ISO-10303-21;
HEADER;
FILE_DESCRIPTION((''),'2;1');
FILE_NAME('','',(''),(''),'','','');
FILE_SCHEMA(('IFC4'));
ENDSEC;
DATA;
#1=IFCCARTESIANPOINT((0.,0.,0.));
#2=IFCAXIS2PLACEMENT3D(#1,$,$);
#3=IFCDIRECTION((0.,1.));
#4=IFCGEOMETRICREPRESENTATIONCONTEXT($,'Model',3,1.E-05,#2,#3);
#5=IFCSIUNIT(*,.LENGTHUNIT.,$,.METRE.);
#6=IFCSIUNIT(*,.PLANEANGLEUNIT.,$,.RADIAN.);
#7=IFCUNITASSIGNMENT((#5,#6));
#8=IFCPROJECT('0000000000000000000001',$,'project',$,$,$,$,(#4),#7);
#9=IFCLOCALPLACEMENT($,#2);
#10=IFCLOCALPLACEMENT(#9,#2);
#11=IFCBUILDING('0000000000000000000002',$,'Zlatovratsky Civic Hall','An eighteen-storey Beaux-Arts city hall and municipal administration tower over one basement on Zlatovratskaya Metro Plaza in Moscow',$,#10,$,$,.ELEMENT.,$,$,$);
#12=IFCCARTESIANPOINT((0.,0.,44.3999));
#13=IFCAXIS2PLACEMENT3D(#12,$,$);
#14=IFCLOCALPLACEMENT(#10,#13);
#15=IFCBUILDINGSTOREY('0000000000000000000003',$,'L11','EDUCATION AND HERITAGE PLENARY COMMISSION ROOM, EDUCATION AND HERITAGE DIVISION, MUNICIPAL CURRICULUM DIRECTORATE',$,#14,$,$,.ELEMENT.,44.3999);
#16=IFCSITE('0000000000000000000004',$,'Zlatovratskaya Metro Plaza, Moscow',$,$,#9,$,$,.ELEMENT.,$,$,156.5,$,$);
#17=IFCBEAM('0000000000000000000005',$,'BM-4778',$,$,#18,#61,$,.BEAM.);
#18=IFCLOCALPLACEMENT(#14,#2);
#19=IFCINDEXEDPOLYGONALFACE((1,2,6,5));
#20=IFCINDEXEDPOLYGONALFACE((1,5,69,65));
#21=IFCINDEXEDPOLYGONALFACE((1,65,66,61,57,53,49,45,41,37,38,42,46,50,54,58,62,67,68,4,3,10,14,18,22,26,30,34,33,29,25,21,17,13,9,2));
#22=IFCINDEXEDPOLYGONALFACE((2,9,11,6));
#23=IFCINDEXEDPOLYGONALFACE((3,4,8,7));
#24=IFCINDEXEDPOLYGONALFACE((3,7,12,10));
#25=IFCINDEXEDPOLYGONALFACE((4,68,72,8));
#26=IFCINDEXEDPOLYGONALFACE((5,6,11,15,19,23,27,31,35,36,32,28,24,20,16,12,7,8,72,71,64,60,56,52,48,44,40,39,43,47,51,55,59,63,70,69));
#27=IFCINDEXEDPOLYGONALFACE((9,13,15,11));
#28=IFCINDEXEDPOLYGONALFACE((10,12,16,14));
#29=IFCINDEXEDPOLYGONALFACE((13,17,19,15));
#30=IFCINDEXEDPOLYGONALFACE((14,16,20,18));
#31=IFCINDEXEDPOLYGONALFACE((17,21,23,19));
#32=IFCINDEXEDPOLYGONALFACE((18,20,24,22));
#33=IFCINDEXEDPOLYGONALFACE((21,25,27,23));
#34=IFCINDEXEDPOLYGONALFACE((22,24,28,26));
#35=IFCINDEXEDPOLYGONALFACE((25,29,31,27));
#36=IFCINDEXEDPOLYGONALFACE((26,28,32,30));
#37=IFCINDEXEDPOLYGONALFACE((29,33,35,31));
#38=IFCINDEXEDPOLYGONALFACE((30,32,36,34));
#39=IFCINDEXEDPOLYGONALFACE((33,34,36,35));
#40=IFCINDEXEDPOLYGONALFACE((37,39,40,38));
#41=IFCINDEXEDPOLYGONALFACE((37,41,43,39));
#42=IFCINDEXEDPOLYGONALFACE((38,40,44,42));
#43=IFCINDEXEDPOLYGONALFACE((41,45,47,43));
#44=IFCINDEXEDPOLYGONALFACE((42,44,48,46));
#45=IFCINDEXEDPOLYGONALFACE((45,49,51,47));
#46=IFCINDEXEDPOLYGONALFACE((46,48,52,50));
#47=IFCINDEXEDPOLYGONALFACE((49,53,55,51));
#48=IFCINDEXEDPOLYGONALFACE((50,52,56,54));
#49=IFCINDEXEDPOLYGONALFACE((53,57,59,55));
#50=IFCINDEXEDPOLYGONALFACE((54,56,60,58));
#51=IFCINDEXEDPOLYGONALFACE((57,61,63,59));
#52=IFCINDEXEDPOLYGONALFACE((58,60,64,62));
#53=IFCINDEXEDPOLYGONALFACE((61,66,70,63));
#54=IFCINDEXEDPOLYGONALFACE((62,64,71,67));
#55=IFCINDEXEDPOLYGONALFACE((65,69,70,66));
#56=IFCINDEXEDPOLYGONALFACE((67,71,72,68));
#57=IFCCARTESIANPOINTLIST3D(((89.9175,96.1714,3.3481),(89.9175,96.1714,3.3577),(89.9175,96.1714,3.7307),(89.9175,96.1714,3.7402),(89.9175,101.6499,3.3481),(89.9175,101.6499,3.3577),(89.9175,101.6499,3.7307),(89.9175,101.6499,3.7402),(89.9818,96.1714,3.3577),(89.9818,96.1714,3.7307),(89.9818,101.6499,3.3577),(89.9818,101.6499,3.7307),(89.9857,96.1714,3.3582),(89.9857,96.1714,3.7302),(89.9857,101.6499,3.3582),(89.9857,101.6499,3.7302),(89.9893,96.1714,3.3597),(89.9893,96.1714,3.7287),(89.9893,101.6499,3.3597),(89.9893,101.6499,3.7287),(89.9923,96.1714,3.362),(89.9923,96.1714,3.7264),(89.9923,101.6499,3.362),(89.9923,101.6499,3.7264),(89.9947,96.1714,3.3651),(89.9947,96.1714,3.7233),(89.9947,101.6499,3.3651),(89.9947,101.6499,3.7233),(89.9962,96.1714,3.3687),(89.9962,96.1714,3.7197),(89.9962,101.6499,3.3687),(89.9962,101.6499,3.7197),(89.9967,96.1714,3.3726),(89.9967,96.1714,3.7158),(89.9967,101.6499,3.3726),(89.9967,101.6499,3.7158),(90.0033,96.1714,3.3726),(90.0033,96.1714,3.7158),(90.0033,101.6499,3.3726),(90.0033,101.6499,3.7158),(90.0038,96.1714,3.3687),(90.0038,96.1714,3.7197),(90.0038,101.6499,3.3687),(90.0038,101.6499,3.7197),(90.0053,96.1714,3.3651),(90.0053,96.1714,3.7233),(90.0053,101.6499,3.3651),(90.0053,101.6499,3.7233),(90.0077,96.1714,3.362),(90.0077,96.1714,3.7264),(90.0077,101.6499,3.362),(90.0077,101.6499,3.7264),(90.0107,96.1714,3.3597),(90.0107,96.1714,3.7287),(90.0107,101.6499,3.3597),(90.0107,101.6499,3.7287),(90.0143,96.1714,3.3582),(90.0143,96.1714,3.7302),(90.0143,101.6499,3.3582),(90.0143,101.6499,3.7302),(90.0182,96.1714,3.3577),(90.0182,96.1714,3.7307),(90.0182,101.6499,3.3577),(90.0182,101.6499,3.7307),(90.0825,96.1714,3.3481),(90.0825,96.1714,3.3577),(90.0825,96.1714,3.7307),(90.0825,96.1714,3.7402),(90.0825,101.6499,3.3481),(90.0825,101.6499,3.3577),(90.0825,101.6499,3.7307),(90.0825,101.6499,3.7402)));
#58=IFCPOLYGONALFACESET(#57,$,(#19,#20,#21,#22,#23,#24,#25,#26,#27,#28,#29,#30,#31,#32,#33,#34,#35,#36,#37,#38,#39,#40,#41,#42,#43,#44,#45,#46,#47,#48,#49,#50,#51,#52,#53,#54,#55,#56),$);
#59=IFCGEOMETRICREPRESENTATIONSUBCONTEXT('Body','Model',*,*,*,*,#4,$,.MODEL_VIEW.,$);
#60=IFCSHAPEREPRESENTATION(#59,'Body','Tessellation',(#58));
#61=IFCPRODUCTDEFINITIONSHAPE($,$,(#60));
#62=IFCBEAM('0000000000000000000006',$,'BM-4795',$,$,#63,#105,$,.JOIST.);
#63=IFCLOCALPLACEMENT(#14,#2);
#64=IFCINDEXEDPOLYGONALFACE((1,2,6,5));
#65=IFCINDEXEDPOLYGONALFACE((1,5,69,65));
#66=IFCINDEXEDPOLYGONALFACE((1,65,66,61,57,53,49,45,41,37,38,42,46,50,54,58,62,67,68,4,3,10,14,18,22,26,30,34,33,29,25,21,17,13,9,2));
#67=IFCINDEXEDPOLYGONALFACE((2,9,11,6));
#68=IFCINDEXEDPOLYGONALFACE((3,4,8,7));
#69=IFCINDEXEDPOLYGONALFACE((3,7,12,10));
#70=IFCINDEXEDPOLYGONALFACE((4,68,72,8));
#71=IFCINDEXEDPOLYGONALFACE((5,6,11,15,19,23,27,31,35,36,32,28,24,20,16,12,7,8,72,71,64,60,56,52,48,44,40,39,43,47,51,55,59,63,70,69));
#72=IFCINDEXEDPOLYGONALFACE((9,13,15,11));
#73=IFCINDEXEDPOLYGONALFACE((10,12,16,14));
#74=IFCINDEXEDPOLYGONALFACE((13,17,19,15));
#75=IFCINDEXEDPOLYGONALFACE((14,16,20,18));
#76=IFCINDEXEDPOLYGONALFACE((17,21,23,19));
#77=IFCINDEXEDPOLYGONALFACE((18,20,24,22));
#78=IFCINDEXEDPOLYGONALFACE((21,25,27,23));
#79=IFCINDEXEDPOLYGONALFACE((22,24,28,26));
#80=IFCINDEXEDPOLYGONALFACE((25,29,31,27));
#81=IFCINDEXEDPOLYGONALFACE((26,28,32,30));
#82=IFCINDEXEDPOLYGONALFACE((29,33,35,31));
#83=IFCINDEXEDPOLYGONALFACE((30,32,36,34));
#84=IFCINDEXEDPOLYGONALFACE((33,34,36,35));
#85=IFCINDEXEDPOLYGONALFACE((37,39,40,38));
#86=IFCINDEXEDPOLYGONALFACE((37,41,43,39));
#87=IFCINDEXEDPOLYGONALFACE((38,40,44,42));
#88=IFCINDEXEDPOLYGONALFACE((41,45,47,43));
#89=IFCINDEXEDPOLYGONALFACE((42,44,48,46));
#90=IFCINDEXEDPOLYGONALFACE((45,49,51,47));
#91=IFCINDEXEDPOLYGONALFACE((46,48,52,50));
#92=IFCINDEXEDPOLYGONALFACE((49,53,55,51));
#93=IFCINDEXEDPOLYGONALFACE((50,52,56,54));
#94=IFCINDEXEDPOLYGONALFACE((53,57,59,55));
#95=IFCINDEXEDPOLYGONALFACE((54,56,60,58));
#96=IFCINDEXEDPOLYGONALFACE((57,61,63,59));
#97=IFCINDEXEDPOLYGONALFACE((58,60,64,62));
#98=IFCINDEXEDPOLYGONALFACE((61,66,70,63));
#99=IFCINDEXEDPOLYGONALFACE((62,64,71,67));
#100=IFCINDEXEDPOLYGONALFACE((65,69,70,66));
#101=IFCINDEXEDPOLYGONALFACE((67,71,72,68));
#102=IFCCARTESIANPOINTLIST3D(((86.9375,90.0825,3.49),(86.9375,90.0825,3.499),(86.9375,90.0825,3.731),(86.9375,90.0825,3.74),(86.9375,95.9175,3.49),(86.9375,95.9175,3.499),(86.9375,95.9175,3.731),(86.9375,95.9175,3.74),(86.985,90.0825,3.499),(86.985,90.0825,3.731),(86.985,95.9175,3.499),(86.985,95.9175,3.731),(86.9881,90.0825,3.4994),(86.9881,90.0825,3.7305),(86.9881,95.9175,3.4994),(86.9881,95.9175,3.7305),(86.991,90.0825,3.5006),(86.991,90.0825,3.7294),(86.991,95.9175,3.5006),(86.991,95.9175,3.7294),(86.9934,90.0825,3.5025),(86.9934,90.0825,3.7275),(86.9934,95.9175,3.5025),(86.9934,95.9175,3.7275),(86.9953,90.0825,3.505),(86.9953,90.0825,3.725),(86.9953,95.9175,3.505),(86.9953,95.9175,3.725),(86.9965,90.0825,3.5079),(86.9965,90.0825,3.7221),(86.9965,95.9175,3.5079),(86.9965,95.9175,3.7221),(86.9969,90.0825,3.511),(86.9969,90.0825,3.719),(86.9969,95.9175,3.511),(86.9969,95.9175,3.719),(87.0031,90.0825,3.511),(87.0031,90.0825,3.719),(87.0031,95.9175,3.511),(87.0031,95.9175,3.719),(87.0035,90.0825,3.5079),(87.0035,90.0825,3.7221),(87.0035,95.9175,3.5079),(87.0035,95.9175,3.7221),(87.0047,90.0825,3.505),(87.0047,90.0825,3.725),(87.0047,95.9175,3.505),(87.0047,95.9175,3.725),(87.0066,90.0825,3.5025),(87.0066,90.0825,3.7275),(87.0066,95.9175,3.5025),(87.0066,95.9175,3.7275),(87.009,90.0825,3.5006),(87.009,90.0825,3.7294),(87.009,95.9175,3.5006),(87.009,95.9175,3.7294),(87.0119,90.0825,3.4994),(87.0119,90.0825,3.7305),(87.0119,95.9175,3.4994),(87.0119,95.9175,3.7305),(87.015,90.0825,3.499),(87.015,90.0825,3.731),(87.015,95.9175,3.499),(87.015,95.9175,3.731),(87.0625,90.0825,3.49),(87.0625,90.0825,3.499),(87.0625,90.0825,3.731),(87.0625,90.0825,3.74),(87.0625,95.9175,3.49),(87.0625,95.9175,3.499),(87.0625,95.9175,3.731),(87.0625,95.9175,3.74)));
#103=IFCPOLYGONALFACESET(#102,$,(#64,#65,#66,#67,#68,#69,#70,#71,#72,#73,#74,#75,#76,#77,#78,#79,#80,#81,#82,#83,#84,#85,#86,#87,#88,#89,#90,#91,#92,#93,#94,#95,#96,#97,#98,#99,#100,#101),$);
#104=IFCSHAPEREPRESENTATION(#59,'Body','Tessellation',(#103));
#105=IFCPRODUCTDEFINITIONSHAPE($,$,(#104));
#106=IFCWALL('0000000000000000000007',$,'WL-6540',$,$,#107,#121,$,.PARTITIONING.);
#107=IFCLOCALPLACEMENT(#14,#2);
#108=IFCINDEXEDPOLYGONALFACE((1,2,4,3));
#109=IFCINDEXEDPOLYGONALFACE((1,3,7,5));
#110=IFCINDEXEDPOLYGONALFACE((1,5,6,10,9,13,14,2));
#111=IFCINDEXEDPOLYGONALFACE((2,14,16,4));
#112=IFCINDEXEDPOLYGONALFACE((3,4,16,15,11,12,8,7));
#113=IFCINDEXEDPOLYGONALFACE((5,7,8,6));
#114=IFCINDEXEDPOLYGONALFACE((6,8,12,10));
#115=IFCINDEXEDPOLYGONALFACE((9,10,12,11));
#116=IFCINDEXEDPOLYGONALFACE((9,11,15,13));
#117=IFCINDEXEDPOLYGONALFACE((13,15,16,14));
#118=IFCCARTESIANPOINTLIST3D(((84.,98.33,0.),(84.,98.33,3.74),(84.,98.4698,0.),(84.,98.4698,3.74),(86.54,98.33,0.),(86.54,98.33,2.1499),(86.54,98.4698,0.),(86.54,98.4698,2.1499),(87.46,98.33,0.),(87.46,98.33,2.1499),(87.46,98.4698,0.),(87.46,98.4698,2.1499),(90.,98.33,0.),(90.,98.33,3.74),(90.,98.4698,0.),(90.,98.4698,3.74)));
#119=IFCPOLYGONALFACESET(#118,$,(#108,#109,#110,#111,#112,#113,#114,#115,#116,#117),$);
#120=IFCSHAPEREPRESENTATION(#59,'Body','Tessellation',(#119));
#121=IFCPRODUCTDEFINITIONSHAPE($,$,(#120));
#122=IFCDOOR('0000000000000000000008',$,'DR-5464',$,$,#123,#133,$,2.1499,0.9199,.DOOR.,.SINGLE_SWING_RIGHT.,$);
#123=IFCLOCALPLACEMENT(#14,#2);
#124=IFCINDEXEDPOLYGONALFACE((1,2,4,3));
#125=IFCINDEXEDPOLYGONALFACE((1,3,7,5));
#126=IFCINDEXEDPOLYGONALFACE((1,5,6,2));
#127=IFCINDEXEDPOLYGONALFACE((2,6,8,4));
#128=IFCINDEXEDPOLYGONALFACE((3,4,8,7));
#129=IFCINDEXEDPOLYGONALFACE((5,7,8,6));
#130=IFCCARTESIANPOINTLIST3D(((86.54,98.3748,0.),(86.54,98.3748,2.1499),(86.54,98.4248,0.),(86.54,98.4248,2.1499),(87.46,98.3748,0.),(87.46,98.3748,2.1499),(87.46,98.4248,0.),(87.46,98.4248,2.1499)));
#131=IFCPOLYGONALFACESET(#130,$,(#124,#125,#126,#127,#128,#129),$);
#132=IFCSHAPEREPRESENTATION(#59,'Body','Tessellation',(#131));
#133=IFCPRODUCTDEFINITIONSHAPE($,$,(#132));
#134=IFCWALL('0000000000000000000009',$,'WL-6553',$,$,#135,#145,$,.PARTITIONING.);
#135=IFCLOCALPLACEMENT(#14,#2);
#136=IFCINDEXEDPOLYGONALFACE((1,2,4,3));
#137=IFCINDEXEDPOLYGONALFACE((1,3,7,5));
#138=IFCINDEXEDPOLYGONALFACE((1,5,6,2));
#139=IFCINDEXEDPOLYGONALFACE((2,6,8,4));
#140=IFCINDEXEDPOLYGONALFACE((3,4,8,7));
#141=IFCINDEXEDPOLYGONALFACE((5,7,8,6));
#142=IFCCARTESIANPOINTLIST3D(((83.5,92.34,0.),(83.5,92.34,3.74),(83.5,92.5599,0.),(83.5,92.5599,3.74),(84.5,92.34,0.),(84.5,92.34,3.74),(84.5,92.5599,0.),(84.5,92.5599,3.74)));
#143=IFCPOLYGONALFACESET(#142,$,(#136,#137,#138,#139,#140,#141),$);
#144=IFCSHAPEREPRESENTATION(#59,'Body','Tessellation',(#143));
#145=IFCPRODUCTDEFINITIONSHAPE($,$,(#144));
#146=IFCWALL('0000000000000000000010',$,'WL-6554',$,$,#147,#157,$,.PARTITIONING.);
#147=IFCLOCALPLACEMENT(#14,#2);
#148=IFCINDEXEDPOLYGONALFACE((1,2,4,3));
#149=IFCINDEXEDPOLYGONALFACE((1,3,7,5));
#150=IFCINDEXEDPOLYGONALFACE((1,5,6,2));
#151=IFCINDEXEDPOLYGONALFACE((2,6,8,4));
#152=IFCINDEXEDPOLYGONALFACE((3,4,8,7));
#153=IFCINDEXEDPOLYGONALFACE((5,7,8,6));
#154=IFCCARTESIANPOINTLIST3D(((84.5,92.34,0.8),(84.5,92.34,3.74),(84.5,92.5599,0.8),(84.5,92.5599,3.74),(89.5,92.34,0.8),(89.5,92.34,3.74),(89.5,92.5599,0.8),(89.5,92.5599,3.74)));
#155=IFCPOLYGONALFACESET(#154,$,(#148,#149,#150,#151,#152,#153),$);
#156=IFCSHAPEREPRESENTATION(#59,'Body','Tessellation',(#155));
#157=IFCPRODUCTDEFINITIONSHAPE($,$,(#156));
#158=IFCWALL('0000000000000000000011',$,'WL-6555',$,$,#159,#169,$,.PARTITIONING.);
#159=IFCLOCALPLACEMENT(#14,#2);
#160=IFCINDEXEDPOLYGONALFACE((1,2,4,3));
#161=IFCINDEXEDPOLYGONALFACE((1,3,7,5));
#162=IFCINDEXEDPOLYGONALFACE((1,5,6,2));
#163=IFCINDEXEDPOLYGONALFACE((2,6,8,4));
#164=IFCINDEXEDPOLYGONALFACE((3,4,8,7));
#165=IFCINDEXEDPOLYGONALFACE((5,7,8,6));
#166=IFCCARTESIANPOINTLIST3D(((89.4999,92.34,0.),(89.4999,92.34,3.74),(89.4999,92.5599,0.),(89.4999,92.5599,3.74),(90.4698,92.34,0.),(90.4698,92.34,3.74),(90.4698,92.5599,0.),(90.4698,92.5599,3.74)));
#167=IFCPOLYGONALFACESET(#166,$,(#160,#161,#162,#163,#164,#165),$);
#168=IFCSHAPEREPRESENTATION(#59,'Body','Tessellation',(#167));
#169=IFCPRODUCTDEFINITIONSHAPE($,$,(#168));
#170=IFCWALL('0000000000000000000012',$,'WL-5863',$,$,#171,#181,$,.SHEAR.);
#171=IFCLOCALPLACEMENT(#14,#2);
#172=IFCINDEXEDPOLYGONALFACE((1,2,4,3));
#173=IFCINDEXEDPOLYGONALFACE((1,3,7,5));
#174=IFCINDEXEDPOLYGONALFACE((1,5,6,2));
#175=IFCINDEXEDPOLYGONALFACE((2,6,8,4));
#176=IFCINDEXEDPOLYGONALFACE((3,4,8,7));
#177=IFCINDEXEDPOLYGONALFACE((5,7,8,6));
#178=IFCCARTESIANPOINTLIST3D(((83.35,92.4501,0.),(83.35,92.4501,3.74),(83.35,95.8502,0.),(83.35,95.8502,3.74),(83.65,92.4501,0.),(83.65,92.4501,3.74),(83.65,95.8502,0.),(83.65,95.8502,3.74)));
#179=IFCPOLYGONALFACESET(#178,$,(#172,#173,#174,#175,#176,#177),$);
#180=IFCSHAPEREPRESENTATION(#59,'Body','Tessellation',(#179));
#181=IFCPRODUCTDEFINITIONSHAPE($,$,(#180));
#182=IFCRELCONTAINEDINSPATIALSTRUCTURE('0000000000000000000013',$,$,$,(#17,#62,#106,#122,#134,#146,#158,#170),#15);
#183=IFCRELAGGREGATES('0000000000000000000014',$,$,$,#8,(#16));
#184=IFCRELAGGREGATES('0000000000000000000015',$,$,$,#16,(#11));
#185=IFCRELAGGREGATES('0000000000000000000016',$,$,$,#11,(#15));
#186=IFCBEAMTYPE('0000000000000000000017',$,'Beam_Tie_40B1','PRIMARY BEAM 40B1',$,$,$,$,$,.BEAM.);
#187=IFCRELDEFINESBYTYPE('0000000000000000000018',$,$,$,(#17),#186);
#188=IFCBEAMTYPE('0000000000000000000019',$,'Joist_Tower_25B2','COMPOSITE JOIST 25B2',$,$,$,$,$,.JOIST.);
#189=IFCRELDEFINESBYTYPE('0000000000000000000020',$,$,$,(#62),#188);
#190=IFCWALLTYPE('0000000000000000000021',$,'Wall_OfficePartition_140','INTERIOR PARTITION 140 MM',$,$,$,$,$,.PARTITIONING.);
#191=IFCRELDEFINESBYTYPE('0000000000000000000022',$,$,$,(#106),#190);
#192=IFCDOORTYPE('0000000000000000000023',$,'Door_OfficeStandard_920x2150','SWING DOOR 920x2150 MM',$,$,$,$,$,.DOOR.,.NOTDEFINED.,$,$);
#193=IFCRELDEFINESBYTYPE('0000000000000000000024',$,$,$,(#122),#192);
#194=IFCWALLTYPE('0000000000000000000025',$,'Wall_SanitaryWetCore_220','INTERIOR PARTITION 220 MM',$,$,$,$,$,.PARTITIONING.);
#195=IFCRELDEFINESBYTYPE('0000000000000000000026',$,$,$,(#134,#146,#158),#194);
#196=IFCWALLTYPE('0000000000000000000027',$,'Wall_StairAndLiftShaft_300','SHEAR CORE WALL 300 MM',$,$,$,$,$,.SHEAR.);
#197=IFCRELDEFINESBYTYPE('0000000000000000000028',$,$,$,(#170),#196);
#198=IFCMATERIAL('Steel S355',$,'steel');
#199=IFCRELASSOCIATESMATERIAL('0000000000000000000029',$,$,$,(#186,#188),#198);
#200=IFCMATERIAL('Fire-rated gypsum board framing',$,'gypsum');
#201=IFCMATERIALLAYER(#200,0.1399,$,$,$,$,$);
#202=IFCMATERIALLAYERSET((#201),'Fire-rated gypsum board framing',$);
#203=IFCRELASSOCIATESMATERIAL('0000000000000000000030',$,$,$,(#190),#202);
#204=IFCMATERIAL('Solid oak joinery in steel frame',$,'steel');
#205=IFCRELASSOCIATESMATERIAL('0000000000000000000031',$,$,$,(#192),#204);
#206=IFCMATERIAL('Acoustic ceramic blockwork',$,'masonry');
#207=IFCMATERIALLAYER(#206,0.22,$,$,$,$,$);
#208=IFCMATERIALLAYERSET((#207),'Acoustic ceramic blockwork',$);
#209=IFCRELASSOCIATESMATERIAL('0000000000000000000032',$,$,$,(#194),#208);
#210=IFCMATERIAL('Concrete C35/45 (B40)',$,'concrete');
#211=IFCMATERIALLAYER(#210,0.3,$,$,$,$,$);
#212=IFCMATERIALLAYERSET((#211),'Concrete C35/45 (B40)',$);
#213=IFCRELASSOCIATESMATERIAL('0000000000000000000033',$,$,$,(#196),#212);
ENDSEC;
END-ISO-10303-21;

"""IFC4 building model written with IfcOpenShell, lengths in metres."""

from ifc_helpers import new_model, si_unit, direction, frame, frame_2d, origin, origin_2d, place, context, subcontext, project, spatial, rectangle, i_section, extrude, material, layer, layer_set, material_profile, profile_set, type_object, element, fill, save


model = new_model("IFC4")

# Units and contexts
model_context = context("Model", 3, precision=1e-05, world=origin(), true_north=direction((0.0, 1.0)))
body_context = subcontext(model_context, "Body", "Model", "MODEL_VIEW")
ifc_project = project(units=[si_unit("LENGTHUNIT", "METRE"), si_unit("PLANEANGLEUNIT", "RADIAN")], contexts=[model_context])

# Site, building, storey
site_placement = place(None, origin())
site = spatial("IfcSite", under=ifc_project, at=site_placement, Name="Zlatovratskaya Metro Plaza, Moscow", CompositionType="ELEMENT", RefElevation=156.5)
building_placement = place(site_placement, origin())
building = spatial("IfcBuilding", under=site, at=building_placement, Name="Zlatovratsky Civic Hall", Description="An eighteen-storey Beaux-Arts city hall and municipal administration tower over one basement on Zlatovratskaya Metro Plaza in Moscow", CompositionType="ELEMENT")
storey_placement = place(building_placement, frame((0.0, 0.0, 44.3999)))
storey = spatial("IfcBuildingStorey", under=building, at=storey_placement, Name="L11", Description="EDUCATION AND HERITAGE PLENARY COMMISSION ROOM, EDUCATION AND HERITAGE DIVISION, MUNICIPAL CURRICULUM DIRECTORATE", CompositionType="ELEMENT", Elevation=44.3999)

# Shared definitions
ifc_material_1 = material(Name="Concrete C35/45 (B40)", Category="concrete")
ifc_material_2 = material(Name="Steel S355", Category="steel")

# Beams
ifc_material_profile_1 = material_profile(ifc_material_2, i_section(OverallWidth=0.165, OverallDepth=0.3921, WebThickness=0.0066, FlangeThickness=0.0095, FilletRadius=0.0149, at=origin_2d()), Name="40B1")
ifc_profile_set_1 = profile_set([ifc_material_profile_1], Name="Steel S355")
beam_type_1 = type_object("IfcBeamType", Name="Beam_Tie_40B1", Description="PRIMARY BEAM 40B1", PredefinedType="BEAM", material=ifc_profile_set_1)
for number, where, z_axis, x_axis, name in (
    (1, (90.0, 96.1714, 3.5442), (0.0, 1.0, 0.0), (-1.0, 0.0, 0.0), "BM-4778"),
):
    element("IfcBeam", number, at=place(storey_placement, frame(where, z_axis=z_axis, x_axis=x_axis)), inside=storey, type_object=beam_type_1, Name=name, PredefinedType="BEAM", context=body_context, shape_type="SweptSolid", body=[
        extrude(i_section(OverallWidth=0.165, OverallDepth=0.3921, WebThickness=0.0066, FlangeThickness=0.0095, FilletRadius=0.0149, at=origin_2d()), origin(), (0.0, 0.0, 1.0), 5.4785),
    ])
ifc_material_profile_2 = material_profile(ifc_material_2, i_section(OverallWidth=0.125, OverallDepth=0.25, WebThickness=0.0061, FlangeThickness=0.009, FilletRadius=0.012, at=origin_2d()), Name="25B2")
ifc_profile_set_2 = profile_set([ifc_material_profile_2], Name="Steel S355")
beam_type_2 = type_object("IfcBeamType", Name="Joist_Tower_25B2", Description="COMPOSITE JOIST 25B2", PredefinedType="JOIST", material=ifc_profile_set_2)
beam_1_placement = place(storey_placement, frame((87.0, 90.0825, 3.615), z_axis=(0.0, 1.0, 0.0), x_axis=(-1.0, 0.0, 0.0)))
element("IfcBeam", 2, at=beam_1_placement, inside=storey, type_object=beam_type_2, Name="BM-4795", PredefinedType="JOIST", context=body_context, shape_type="SweptSolid", body=[
    extrude(i_section(OverallWidth=0.125, OverallDepth=0.25, WebThickness=0.0061, FlangeThickness=0.009, FilletRadius=0.012, at=origin_2d()), origin(), (0.0, 0.0, 1.0), 5.835),
])

# Wall, opening, door
ifc_material_3 = material(Name="Fire-rated gypsum board framing", Category="gypsum")
ifc_layer_1 = layer(ifc_material_3, 0.1399)
ifc_layer_set_1 = layer_set([ifc_layer_1], Name="Fire-rated gypsum board framing")
wall_type_1 = type_object("IfcWallType", Name="Wall_OfficePartition_140", Description="INTERIOR PARTITION 140 MM", PredefinedType="PARTITIONING", material=ifc_layer_set_1)
wall_1_placement = place(storey_placement, frame((84.0, 98.3999, 0.0), z_axis=(0.0, 0.0, 1.0), x_axis=(1.0, 0.0, 0.0)))
wall_1 = element("IfcWall", 3, at=wall_1_placement, inside=storey, type_object=wall_type_1, Name="WL-6540", PredefinedType="PARTITIONING", context=body_context, shape_type="SweptSolid", body=[
    extrude(rectangle(XDim=6.0, YDim=0.1399, at=frame_2d((3.0, 0.0))), origin(), (0.0, 0.0, 1.0), 3.74),
])
opening_placement = place(wall_1_placement, frame((2.54, 0.0, 0.0)))
opening = element("IfcOpeningElement", 4, at=opening_placement, cuts=wall_1, PredefinedType="OPENING", context=body_context, shape_type="SweptSolid", body=[
    extrude(rectangle(XDim=0.9199, YDim=2.1499, at=frame_2d((0.46, 1.075))), frame((0.0, 0.085, 0.0), z_axis=(0.0, -1.0, 0.0), x_axis=(1.0, 0.0, 0.0)), (0.0, 0.0, 1.0), 0.1697),
])
ifc_material_4 = material(Name="Solid oak joinery in steel frame", Category="steel")
door_type = type_object("IfcDoorType", Name="Door_OfficeStandard_920x2150", Description="SWING DOOR 920x2150 MM", OperationType="NOTDEFINED", PredefinedType="DOOR", material=ifc_material_4)
door_placement = place(opening_placement, origin())
door = element("IfcDoor", 5, at=door_placement, inside=storey, type_object=door_type, Name="DR-5464", OperationType="SINGLE_SWING_RIGHT", OverallHeight=2.1499, OverallWidth=0.9199, PredefinedType="DOOR", context=body_context, shape_type="SweptSolid", body=[
    extrude(rectangle(XDim=0.9199, YDim=2.1499, at=frame_2d((0.46, 1.075))), frame((0.0, 0.0249, 0.0), z_axis=(0.0, -1.0, 0.0), x_axis=(1.0, 0.0, 0.0)), (0.0, 0.0, 1.0), 0.05),
])
fill(opening, door)

# Walls
ifc_material_5 = material(Name="Acoustic ceramic blockwork", Category="masonry")
ifc_layer_2 = layer(ifc_material_5, 0.22)
ifc_layer_set_2 = layer_set([ifc_layer_2], Name="Acoustic ceramic blockwork")
wall_type_2 = type_object("IfcWallType", Name="Wall_SanitaryWetCore_220", Description="INTERIOR PARTITION 220 MM", PredefinedType="PARTITIONING", material=ifc_layer_set_2)
wall_2_placement = place(storey_placement, frame((83.5, 92.45, 0.0), z_axis=(0.0, 0.0, 1.0), x_axis=(1.0, 0.0, 0.0)))
element("IfcWall", 6, at=wall_2_placement, inside=storey, type_object=wall_type_2, Name="WL-6553", PredefinedType="PARTITIONING", context=body_context, shape_type="SweptSolid", body=[
    extrude(rectangle(XDim=1.0, YDim=0.22, at=frame_2d((0.5, 0.0))), origin(), (0.0, 0.0, 1.0), 3.74),
])
wall_3_placement = place(storey_placement, frame((84.5, 92.45, 0.8), z_axis=(0.0, 0.0, 1.0), x_axis=(1.0, 0.0, 0.0)))
element("IfcWall", 7, at=wall_3_placement, inside=storey, type_object=wall_type_2, Name="WL-6554", PredefinedType="PARTITIONING", context=body_context, shape_type="SweptSolid", body=[
    extrude(rectangle(XDim=5.0, YDim=0.22, at=frame_2d((2.5, 0.0))), origin(), (0.0, 0.0, 1.0), 2.9399),
])
wall_4_placement = place(storey_placement, frame((89.5, 92.45, 0.0), z_axis=(0.0, 0.0, 1.0), x_axis=(1.0, 0.0, 0.0)))
element("IfcWall", 8, at=wall_4_placement, inside=storey, type_object=wall_type_2, Name="WL-6555", PredefinedType="PARTITIONING", context=body_context, shape_type="SweptSolid", body=[
    extrude(rectangle(XDim=0.97, YDim=0.22, at=frame_2d((0.4849, 0.0))), origin(), (0.0, 0.0, 1.0), 3.74),
])
ifc_layer_3 = layer(ifc_material_1, 0.3)
ifc_layer_set_3 = layer_set([ifc_layer_3], Name="Concrete C35/45 (B40)")
wall_type_3 = type_object("IfcWallType", Name="Wall_StairAndLiftShaft_300", Description="SHEAR CORE WALL 300 MM", PredefinedType="SHEAR", material=ifc_layer_set_3)
wall_5_placement = place(storey_placement, frame((83.5, 92.45, 0.0), z_axis=(0.0, 0.0, 1.0), x_axis=(0.0, 1.0, 0.0)))
element("IfcWall", 9, at=wall_5_placement, inside=storey, type_object=wall_type_3, Name="WL-5863", PredefinedType="SHEAR", context=body_context, shape_type="SweptSolid", body=[
    extrude(rectangle(XDim=3.4001, YDim=0.3, at=frame_2d((1.7002, 0.0))), origin(), (0.0, 0.0, 1.0), 3.74),
])

save(model, "model.ifc")
